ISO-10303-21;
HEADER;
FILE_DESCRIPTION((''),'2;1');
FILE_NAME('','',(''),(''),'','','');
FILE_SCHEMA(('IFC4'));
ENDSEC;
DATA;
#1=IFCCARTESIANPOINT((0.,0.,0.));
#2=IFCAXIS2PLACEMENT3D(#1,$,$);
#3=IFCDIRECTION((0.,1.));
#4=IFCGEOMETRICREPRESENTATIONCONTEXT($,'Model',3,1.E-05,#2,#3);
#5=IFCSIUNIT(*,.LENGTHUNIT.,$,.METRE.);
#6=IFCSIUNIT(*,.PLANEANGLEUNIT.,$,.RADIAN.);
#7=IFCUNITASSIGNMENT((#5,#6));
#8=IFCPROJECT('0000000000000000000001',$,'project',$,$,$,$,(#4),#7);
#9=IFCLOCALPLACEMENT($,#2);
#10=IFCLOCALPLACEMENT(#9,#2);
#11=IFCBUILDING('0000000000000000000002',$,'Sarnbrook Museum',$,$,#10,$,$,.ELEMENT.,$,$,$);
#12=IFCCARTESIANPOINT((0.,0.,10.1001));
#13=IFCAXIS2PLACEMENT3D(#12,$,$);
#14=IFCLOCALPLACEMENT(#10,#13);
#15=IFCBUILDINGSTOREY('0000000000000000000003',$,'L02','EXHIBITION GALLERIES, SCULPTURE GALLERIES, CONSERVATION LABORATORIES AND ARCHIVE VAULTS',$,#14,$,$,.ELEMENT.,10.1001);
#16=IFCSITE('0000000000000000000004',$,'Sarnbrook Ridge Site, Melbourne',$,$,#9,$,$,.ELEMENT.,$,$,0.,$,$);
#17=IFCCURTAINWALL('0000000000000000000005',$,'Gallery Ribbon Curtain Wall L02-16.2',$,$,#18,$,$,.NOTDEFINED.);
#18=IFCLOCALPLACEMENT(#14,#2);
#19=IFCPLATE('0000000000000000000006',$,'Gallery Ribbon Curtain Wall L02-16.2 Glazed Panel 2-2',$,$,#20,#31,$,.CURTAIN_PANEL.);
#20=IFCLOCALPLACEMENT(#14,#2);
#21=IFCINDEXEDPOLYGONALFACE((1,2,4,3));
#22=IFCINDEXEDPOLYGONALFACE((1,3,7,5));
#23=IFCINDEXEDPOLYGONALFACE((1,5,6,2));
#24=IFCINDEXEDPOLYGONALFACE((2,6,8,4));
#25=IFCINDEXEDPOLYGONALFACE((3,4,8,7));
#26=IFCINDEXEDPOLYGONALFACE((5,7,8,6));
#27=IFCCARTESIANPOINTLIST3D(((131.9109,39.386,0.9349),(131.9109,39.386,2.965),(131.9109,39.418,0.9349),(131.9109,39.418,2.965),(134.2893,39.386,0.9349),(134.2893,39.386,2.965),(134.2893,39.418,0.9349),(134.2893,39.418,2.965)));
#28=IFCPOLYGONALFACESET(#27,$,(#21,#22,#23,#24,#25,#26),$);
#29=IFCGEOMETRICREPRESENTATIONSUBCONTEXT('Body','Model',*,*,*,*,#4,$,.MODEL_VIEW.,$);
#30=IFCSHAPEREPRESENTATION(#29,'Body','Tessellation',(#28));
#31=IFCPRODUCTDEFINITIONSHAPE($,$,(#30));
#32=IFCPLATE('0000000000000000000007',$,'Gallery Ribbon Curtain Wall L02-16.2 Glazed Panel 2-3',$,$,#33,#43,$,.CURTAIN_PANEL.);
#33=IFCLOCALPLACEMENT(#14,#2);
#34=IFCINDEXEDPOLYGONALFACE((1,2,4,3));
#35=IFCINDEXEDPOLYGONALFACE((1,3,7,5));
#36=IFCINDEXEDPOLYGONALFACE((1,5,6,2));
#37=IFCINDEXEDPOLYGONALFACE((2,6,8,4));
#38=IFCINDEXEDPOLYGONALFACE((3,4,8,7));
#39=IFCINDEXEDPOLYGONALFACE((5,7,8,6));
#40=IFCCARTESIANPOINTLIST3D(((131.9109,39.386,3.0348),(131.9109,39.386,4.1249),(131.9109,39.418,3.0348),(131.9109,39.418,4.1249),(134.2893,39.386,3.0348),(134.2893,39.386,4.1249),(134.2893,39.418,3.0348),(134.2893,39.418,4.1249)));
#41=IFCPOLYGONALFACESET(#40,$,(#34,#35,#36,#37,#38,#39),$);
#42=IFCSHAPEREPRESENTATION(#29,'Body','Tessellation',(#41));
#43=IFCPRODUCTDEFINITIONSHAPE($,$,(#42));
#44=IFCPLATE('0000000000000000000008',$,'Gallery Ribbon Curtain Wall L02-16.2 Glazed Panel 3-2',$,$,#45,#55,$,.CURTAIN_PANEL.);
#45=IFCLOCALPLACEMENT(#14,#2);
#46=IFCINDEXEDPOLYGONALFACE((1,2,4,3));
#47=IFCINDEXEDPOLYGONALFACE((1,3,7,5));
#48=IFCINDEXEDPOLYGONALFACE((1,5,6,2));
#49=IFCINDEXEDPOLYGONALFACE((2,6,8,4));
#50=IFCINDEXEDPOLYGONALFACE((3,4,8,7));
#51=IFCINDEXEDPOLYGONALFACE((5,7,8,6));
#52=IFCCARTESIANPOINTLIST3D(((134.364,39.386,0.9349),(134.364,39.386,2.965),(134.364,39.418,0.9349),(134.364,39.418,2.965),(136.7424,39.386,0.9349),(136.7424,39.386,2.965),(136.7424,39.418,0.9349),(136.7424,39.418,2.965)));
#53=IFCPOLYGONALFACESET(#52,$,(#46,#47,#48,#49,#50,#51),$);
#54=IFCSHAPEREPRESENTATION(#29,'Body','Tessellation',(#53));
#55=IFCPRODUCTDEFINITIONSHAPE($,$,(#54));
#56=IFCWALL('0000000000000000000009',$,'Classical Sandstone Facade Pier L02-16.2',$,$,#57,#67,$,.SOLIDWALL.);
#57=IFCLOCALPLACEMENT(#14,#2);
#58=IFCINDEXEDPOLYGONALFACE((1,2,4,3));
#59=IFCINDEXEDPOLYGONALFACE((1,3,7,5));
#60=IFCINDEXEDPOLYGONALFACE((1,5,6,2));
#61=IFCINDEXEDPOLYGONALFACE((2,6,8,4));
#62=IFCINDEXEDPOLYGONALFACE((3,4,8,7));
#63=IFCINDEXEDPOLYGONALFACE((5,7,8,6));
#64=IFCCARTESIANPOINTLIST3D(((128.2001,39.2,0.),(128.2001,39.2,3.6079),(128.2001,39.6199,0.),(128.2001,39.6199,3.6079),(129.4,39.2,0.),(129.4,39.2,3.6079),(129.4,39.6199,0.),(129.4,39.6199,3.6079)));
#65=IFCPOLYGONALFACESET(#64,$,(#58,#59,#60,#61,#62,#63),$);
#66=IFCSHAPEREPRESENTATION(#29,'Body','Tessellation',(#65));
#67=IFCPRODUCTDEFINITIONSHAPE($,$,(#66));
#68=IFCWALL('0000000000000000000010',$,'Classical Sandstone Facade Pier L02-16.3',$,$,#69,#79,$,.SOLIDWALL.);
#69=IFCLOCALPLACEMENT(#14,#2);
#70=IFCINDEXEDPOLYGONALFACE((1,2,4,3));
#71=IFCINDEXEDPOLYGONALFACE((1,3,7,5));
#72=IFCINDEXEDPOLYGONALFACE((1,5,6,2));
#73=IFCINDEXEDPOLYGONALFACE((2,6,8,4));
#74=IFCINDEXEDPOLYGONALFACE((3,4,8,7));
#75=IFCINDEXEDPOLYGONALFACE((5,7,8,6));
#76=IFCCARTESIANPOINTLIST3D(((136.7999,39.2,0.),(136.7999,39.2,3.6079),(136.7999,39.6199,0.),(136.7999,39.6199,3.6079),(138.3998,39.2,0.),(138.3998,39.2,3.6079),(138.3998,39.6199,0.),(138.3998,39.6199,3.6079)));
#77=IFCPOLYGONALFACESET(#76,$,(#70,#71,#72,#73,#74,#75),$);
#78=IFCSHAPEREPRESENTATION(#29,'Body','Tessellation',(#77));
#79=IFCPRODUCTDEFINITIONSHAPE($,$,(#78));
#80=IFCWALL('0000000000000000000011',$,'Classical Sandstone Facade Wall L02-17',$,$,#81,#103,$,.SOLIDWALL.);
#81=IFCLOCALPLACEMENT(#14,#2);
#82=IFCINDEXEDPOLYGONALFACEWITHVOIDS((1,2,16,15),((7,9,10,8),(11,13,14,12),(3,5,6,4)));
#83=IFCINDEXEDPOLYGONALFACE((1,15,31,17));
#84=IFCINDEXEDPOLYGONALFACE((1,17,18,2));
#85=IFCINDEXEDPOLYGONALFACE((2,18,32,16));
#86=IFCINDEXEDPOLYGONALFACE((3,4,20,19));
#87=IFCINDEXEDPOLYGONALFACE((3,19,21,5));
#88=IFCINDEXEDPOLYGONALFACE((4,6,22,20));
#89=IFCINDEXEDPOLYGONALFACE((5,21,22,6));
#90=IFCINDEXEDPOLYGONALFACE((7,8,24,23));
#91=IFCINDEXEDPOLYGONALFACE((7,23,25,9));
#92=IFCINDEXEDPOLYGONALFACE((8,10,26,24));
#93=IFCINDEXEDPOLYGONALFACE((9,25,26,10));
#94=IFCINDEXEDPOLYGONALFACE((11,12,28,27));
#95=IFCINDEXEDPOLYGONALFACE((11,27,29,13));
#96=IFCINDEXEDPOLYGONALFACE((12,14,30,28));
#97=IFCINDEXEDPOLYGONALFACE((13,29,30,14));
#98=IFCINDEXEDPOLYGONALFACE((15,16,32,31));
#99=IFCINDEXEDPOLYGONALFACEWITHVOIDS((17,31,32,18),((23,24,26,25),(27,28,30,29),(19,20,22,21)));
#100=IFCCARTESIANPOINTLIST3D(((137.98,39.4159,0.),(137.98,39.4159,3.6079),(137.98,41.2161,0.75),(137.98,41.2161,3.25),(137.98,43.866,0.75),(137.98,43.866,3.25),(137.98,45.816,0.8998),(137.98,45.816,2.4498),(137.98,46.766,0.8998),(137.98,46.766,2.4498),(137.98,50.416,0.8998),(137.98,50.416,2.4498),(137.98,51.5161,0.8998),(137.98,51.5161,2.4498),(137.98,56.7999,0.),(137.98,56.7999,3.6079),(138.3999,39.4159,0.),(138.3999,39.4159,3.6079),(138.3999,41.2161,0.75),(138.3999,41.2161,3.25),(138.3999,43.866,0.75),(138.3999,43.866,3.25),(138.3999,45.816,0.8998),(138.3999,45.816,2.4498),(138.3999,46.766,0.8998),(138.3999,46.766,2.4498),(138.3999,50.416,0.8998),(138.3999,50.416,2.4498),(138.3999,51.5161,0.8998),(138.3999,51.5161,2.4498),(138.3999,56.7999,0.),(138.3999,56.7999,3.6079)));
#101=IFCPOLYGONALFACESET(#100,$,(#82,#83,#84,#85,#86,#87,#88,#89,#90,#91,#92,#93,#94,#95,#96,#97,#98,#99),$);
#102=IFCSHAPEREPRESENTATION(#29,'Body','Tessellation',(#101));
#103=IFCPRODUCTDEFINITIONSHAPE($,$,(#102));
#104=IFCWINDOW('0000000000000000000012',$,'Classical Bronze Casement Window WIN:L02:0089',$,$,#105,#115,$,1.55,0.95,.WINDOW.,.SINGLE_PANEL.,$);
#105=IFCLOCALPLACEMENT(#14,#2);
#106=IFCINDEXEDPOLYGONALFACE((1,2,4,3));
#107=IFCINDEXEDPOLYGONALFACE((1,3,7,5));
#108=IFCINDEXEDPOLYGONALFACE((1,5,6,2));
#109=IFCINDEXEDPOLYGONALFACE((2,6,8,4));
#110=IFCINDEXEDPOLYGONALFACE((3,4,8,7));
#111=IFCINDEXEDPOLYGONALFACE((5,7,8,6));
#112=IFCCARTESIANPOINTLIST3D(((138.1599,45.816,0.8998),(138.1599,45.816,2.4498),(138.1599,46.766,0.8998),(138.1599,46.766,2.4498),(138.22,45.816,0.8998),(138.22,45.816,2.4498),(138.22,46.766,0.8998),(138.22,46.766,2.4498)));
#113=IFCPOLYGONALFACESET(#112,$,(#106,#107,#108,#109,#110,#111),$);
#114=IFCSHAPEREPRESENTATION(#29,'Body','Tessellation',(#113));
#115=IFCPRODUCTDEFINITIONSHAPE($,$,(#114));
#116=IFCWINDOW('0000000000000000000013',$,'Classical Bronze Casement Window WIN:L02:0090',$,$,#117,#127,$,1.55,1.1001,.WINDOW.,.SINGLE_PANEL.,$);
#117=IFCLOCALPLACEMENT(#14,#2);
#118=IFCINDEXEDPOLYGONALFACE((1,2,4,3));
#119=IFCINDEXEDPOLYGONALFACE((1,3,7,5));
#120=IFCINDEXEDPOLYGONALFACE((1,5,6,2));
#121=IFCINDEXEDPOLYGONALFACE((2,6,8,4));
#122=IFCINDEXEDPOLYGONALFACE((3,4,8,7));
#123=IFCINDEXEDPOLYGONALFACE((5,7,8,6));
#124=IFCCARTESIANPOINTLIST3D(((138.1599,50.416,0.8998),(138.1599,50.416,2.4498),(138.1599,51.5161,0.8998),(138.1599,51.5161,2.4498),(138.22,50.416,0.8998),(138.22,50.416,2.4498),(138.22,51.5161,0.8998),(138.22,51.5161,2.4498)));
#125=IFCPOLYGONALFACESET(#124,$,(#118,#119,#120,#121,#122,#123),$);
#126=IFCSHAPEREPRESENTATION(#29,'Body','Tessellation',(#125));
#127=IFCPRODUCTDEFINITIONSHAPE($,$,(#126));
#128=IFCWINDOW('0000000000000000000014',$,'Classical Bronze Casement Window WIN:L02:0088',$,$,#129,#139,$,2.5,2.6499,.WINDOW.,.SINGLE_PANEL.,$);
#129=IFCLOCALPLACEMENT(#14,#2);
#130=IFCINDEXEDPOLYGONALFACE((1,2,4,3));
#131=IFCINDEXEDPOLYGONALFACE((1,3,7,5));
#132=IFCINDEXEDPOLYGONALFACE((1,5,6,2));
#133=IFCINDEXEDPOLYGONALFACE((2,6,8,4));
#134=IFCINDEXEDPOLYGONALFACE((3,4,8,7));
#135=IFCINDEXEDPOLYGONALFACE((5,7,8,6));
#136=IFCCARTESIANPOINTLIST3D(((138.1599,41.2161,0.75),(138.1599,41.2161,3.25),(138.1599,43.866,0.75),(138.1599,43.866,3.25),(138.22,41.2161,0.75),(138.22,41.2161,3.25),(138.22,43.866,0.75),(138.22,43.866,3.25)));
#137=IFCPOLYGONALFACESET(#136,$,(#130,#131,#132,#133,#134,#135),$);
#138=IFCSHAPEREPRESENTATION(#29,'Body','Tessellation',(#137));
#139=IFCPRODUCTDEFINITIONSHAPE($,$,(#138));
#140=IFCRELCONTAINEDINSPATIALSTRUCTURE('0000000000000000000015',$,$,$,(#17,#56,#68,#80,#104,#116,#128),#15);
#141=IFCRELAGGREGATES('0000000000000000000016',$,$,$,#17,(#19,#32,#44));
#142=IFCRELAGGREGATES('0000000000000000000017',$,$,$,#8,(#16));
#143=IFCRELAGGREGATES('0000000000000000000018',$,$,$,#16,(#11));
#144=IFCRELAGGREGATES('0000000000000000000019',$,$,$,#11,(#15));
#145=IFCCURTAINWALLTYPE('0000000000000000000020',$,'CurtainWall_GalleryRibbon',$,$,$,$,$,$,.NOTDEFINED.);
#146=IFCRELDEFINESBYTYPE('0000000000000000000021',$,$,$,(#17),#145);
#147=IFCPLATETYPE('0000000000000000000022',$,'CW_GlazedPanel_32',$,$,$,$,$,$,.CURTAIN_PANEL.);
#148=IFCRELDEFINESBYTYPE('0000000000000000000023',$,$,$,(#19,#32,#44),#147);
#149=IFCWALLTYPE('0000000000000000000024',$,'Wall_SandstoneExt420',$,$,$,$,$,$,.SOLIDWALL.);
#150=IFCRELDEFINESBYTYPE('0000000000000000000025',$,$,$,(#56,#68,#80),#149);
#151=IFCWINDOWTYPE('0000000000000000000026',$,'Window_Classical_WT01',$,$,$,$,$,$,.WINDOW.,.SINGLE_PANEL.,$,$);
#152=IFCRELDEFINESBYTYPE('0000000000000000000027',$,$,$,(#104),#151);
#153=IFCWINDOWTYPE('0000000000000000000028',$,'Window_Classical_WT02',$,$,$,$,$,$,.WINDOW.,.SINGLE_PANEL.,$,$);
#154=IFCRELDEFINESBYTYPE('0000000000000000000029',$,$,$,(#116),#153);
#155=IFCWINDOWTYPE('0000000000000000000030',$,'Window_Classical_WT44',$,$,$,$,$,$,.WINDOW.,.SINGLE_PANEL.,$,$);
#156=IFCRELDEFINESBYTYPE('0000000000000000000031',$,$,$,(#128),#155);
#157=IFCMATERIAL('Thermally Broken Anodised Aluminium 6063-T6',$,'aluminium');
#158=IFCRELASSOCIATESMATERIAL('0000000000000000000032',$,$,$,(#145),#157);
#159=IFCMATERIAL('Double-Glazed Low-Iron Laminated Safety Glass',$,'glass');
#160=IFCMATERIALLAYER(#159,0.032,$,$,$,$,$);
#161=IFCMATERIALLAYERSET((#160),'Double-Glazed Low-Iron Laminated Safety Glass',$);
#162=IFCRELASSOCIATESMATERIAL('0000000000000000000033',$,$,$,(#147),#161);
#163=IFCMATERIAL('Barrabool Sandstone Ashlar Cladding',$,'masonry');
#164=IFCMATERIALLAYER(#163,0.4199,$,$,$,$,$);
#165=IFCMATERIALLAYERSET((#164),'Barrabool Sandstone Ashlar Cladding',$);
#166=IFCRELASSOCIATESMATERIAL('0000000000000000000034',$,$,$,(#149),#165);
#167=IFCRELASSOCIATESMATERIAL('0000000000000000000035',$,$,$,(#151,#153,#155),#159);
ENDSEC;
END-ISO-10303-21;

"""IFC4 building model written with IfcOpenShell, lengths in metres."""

from ifc_helpers import new_model, si_unit, direction, frame, frame_2d, origin, origin_2d, place, context, subcontext, project, spatial, rectangle, extrude, material, layer, layer_set, type_object, element, fill, aggregate, save


model = new_model("IFC4")

# Units and contexts
model_context = context("Model", 3, precision=1e-05, world=origin(), true_north=direction((0.0, 1.0)))
body_context = subcontext(model_context, "Body", "Model", "MODEL_VIEW")
ifc_project = project(units=[si_unit("LENGTHUNIT", "METRE"), si_unit("PLANEANGLEUNIT", "RADIAN")], contexts=[model_context])

# Site, building, storey
site_placement = place(None, origin())
site = spatial("IfcSite", under=ifc_project, at=site_placement, Name="Sarnbrook Ridge Site, Melbourne", CompositionType="ELEMENT", RefElevation=0.0)
building_placement = place(site_placement, origin())
building = spatial("IfcBuilding", under=site, at=building_placement, Name="Sarnbrook Museum", CompositionType="ELEMENT")
storey_placement = place(building_placement, frame((0.0, 0.0, 10.1001)))
storey = spatial("IfcBuildingStorey", under=building, at=storey_placement, Name="L02", Description="EXHIBITION GALLERIES, SCULPTURE GALLERIES, CONSERVATION LABORATORIES AND ARCHIVE VAULTS", CompositionType="ELEMENT", Elevation=10.1001)

# Shared definitions
ifc_material_1 = material(Name="Thermally Broken Anodised Aluminium 6063-T6", Category="aluminium")
curtain_wall_type = type_object("IfcCurtainWallType", Name="CurtainWall_GalleryRibbon", PredefinedType="NOTDEFINED", material=ifc_material_1)

# Curtain wall
curtain_wall_1_placement = place(storey_placement, origin())
curtain_wall_1 = element("IfcCurtainWall", 1, at=curtain_wall_1_placement, inside=storey, type_object=curtain_wall_type, Name="Gallery Ribbon Curtain Wall L02-16.2", PredefinedType="NOTDEFINED")

# Plates
ifc_material_2 = material(Name="Double-Glazed Low-Iron Laminated Safety Glass", Category="glass")
ifc_layer_1 = layer(ifc_material_2, 0.032)
ifc_layer_set_1 = layer_set([ifc_layer_1], Name="Double-Glazed Low-Iron Laminated Safety Glass")
plate_type = type_object("IfcPlateType", Name="CW_GlazedPanel_32", PredefinedType="CURTAIN_PANEL", material=ifc_layer_set_1)
plate_1_placement = place(storey_placement, frame((133.1001, 39.418, 1.95), z_axis=(0.0, -1.0, 0.0), x_axis=(1.0, 0.0, 0.0)))
plate_1 = element("IfcPlate", 2, at=plate_1_placement, type_object=plate_type, Name="Gallery Ribbon Curtain Wall L02-16.2 Glazed Panel 2-2", PredefinedType="CURTAIN_PANEL", context=body_context, shape_type="SweptSolid", body=[
    extrude(rectangle(XDim=2.3784, YDim=2.03, at=origin_2d()), origin(), (0.0, 0.0, 1.0), 0.032),
])
plate_2_placement = place(storey_placement, frame((133.1001, 39.418, 3.5798), z_axis=(0.0, -1.0, 0.0), x_axis=(1.0, 0.0, 0.0)))
plate_2 = element("IfcPlate", 3, at=plate_2_placement, type_object=plate_type, Name="Gallery Ribbon Curtain Wall L02-16.2 Glazed Panel 2-3", PredefinedType="CURTAIN_PANEL", context=body_context, shape_type="SweptSolid", body=[
    extrude(rectangle(XDim=2.3784, YDim=1.0901, at=origin_2d()), origin(), (0.0, 0.0, 1.0), 0.032),
])
plate_3_placement = place(storey_placement, frame((135.5532, 39.418, 1.95), z_axis=(0.0, -1.0, 0.0), x_axis=(1.0, 0.0, 0.0)))
plate_3 = element("IfcPlate", 4, at=plate_3_placement, type_object=plate_type, Name="Gallery Ribbon Curtain Wall L02-16.2 Glazed Panel 3-2", PredefinedType="CURTAIN_PANEL", context=body_context, shape_type="SweptSolid", body=[
    extrude(rectangle(XDim=2.3784, YDim=2.03, at=origin_2d()), origin(), (0.0, 0.0, 1.0), 0.032),
])
aggregate(curtain_wall_1, [plate_1, plate_2, plate_3])

# Walls
ifc_material_3 = material(Name="Barrabool Sandstone Ashlar Cladding", Category="masonry")
ifc_layer_2 = layer(ifc_material_3, 0.4199)
ifc_layer_set_2 = layer_set([ifc_layer_2], Name="Barrabool Sandstone Ashlar Cladding")
wall_type = type_object("IfcWallType", Name="Wall_SandstoneExt420", PredefinedType="SOLIDWALL", material=ifc_layer_set_2)
wall_1_placement = place(storey_placement, frame((128.2, 39.4099, 0.0), z_axis=(0.0, 0.0, 1.0), x_axis=(1.0, 0.0, 0.0)))
element("IfcWall", 5, at=wall_1_placement, inside=storey, type_object=wall_type, Name="Classical Sandstone Facade Pier L02-16.2", PredefinedType="SOLIDWALL", context=body_context, shape_type="SweptSolid", body=[
    extrude(rectangle(XDim=1.2, YDim=0.4199, at=frame_2d((0.6001, 0.0))), origin(), (0.0, 0.0, 1.0), 3.6079),
])
wall_2_placement = place(storey_placement, frame((136.8, 39.4099, 0.0), z_axis=(0.0, 0.0, 1.0), x_axis=(1.0, 0.0, 0.0)))
element("IfcWall", 6, at=wall_2_placement, inside=storey, type_object=wall_type, Name="Classical Sandstone Facade Pier L02-16.3", PredefinedType="SOLIDWALL", context=body_context, shape_type="SweptSolid", body=[
    extrude(rectangle(XDim=1.5999, YDim=0.4199, at=frame_2d((0.7998, 0.0))), origin(), (0.0, 0.0, 1.0), 3.6079),
])

# Wall, openings, windows
wall_3_placement = place(storey_placement, frame((138.1899, 39.416, 0.0), z_axis=(0.0, 0.0, 1.0), x_axis=(0.0, 1.0, 0.0)))
wall_3 = element("IfcWall", 7, at=wall_3_placement, inside=storey, type_object=wall_type, Name="Classical Sandstone Facade Wall L02-17", PredefinedType="SOLIDWALL", context=body_context, shape_type="SweptSolid", body=[
    extrude(rectangle(XDim=17.384, YDim=0.4199, at=frame_2d((8.6919, 0.0))), origin(), (0.0, 0.0, 1.0), 3.6079),
])
opening_1_placement = place(wall_3_placement, frame((1.8, 0.0, 0.75)))
opening_1 = element("IfcOpeningElement", 8, at=opening_1_placement, cuts=wall_3, PredefinedType="OPENING", context=body_context, shape_type="SweptSolid", body=[
    extrude(rectangle(XDim=2.6499, YDim=2.5, at=frame_2d((1.325, 1.25))), frame((0.0, 0.22, 0.0), z_axis=(0.0, -1.0, 0.0), x_axis=(1.0, 0.0, 0.0)), (0.0, 0.0, 1.0), 0.4399),
])
opening_2_placement = place(wall_3_placement, frame((6.3999, 0.0, 0.8999)))
opening_2 = element("IfcOpeningElement", 9, at=opening_2_placement, cuts=wall_3, PredefinedType="OPENING", context=body_context, shape_type="SweptSolid", body=[
    extrude(rectangle(XDim=0.95, YDim=1.55, at=frame_2d((0.4751, 0.7749))), frame((0.0, 0.22, 0.0), z_axis=(0.0, -1.0, 0.0), x_axis=(1.0, 0.0, 0.0)), (0.0, 0.0, 1.0), 0.4399),
])
opening_3_placement = place(wall_3_placement, frame((11.0, 0.0, 0.8999)))
opening_3 = element("IfcOpeningElement", 10, at=opening_3_placement, cuts=wall_3, PredefinedType="OPENING", context=body_context, shape_type="SweptSolid", body=[
    extrude(rectangle(XDim=1.1001, YDim=1.55, at=frame_2d((0.55, 0.7749))), frame((0.0, 0.22, 0.0), z_axis=(0.0, -1.0, 0.0), x_axis=(1.0, 0.0, 0.0)), (0.0, 0.0, 1.0), 0.4399),
])
window_type_1 = type_object("IfcWindowType", Name="Window_Classical_WT01", PartitioningType="SINGLE_PANEL", PredefinedType="WINDOW", material=ifc_material_2)
window_1_placement = place(opening_2_placement, origin())
window_1 = element("IfcWindow", 11, at=window_1_placement, inside=storey, type_object=window_type_1, Name="Classical Bronze Casement Window WIN:L02:0089", OverallHeight=1.55, OverallWidth=0.95, PartitioningType="SINGLE_PANEL", PredefinedType="WINDOW", context=body_context, shape_type="SweptSolid", body=[
    extrude(rectangle(XDim=0.95, YDim=1.55, at=frame_2d((0.4751, 0.7749))), frame((0.0, 0.03, 0.0), z_axis=(0.0, -1.0, 0.0), x_axis=(1.0, 0.0, 0.0)), (0.0, 0.0, 1.0), 0.0601),
])
fill(opening_2, window_1)
window_type_2 = type_object("IfcWindowType", Name="Window_Classical_WT02", PartitioningType="SINGLE_PANEL", PredefinedType="WINDOW", material=ifc_material_2)
window_2_placement = place(opening_3_placement, origin())
window_2 = element("IfcWindow", 12, at=window_2_placement, inside=storey, type_object=window_type_2, Name="Classical Bronze Casement Window WIN:L02:0090", OverallHeight=1.55, OverallWidth=1.1001, PartitioningType="SINGLE_PANEL", PredefinedType="WINDOW", context=body_context, shape_type="SweptSolid", body=[
    extrude(rectangle(XDim=1.1001, YDim=1.55, at=frame_2d((0.55, 0.7749))), frame((0.0, 0.03, 0.0), z_axis=(0.0, -1.0, 0.0), x_axis=(1.0, 0.0, 0.0)), (0.0, 0.0, 1.0), 0.0601),
])
fill(opening_3, window_2)
window_type_3 = type_object("IfcWindowType", Name="Window_Classical_WT44", PartitioningType="SINGLE_PANEL", PredefinedType="WINDOW", material=ifc_material_2)
window_3_placement = place(opening_1_placement, origin())
window_3 = element("IfcWindow", 13, at=window_3_placement, inside=storey, type_object=window_type_3, Name="Classical Bronze Casement Window WIN:L02:0088", OverallHeight=2.5, OverallWidth=2.6499, PartitioningType="SINGLE_PANEL", PredefinedType="WINDOW", context=body_context, shape_type="SweptSolid", body=[
    extrude(rectangle(XDim=2.6499, YDim=2.5, at=frame_2d((1.325, 1.25))), frame((0.0, 0.03, 0.0), z_axis=(0.0, -1.0, 0.0), x_axis=(1.0, 0.0, 0.0)), (0.0, 0.0, 1.0), 0.0601),
])
fill(opening_1, window_3)

save(model, "model.ifc")
